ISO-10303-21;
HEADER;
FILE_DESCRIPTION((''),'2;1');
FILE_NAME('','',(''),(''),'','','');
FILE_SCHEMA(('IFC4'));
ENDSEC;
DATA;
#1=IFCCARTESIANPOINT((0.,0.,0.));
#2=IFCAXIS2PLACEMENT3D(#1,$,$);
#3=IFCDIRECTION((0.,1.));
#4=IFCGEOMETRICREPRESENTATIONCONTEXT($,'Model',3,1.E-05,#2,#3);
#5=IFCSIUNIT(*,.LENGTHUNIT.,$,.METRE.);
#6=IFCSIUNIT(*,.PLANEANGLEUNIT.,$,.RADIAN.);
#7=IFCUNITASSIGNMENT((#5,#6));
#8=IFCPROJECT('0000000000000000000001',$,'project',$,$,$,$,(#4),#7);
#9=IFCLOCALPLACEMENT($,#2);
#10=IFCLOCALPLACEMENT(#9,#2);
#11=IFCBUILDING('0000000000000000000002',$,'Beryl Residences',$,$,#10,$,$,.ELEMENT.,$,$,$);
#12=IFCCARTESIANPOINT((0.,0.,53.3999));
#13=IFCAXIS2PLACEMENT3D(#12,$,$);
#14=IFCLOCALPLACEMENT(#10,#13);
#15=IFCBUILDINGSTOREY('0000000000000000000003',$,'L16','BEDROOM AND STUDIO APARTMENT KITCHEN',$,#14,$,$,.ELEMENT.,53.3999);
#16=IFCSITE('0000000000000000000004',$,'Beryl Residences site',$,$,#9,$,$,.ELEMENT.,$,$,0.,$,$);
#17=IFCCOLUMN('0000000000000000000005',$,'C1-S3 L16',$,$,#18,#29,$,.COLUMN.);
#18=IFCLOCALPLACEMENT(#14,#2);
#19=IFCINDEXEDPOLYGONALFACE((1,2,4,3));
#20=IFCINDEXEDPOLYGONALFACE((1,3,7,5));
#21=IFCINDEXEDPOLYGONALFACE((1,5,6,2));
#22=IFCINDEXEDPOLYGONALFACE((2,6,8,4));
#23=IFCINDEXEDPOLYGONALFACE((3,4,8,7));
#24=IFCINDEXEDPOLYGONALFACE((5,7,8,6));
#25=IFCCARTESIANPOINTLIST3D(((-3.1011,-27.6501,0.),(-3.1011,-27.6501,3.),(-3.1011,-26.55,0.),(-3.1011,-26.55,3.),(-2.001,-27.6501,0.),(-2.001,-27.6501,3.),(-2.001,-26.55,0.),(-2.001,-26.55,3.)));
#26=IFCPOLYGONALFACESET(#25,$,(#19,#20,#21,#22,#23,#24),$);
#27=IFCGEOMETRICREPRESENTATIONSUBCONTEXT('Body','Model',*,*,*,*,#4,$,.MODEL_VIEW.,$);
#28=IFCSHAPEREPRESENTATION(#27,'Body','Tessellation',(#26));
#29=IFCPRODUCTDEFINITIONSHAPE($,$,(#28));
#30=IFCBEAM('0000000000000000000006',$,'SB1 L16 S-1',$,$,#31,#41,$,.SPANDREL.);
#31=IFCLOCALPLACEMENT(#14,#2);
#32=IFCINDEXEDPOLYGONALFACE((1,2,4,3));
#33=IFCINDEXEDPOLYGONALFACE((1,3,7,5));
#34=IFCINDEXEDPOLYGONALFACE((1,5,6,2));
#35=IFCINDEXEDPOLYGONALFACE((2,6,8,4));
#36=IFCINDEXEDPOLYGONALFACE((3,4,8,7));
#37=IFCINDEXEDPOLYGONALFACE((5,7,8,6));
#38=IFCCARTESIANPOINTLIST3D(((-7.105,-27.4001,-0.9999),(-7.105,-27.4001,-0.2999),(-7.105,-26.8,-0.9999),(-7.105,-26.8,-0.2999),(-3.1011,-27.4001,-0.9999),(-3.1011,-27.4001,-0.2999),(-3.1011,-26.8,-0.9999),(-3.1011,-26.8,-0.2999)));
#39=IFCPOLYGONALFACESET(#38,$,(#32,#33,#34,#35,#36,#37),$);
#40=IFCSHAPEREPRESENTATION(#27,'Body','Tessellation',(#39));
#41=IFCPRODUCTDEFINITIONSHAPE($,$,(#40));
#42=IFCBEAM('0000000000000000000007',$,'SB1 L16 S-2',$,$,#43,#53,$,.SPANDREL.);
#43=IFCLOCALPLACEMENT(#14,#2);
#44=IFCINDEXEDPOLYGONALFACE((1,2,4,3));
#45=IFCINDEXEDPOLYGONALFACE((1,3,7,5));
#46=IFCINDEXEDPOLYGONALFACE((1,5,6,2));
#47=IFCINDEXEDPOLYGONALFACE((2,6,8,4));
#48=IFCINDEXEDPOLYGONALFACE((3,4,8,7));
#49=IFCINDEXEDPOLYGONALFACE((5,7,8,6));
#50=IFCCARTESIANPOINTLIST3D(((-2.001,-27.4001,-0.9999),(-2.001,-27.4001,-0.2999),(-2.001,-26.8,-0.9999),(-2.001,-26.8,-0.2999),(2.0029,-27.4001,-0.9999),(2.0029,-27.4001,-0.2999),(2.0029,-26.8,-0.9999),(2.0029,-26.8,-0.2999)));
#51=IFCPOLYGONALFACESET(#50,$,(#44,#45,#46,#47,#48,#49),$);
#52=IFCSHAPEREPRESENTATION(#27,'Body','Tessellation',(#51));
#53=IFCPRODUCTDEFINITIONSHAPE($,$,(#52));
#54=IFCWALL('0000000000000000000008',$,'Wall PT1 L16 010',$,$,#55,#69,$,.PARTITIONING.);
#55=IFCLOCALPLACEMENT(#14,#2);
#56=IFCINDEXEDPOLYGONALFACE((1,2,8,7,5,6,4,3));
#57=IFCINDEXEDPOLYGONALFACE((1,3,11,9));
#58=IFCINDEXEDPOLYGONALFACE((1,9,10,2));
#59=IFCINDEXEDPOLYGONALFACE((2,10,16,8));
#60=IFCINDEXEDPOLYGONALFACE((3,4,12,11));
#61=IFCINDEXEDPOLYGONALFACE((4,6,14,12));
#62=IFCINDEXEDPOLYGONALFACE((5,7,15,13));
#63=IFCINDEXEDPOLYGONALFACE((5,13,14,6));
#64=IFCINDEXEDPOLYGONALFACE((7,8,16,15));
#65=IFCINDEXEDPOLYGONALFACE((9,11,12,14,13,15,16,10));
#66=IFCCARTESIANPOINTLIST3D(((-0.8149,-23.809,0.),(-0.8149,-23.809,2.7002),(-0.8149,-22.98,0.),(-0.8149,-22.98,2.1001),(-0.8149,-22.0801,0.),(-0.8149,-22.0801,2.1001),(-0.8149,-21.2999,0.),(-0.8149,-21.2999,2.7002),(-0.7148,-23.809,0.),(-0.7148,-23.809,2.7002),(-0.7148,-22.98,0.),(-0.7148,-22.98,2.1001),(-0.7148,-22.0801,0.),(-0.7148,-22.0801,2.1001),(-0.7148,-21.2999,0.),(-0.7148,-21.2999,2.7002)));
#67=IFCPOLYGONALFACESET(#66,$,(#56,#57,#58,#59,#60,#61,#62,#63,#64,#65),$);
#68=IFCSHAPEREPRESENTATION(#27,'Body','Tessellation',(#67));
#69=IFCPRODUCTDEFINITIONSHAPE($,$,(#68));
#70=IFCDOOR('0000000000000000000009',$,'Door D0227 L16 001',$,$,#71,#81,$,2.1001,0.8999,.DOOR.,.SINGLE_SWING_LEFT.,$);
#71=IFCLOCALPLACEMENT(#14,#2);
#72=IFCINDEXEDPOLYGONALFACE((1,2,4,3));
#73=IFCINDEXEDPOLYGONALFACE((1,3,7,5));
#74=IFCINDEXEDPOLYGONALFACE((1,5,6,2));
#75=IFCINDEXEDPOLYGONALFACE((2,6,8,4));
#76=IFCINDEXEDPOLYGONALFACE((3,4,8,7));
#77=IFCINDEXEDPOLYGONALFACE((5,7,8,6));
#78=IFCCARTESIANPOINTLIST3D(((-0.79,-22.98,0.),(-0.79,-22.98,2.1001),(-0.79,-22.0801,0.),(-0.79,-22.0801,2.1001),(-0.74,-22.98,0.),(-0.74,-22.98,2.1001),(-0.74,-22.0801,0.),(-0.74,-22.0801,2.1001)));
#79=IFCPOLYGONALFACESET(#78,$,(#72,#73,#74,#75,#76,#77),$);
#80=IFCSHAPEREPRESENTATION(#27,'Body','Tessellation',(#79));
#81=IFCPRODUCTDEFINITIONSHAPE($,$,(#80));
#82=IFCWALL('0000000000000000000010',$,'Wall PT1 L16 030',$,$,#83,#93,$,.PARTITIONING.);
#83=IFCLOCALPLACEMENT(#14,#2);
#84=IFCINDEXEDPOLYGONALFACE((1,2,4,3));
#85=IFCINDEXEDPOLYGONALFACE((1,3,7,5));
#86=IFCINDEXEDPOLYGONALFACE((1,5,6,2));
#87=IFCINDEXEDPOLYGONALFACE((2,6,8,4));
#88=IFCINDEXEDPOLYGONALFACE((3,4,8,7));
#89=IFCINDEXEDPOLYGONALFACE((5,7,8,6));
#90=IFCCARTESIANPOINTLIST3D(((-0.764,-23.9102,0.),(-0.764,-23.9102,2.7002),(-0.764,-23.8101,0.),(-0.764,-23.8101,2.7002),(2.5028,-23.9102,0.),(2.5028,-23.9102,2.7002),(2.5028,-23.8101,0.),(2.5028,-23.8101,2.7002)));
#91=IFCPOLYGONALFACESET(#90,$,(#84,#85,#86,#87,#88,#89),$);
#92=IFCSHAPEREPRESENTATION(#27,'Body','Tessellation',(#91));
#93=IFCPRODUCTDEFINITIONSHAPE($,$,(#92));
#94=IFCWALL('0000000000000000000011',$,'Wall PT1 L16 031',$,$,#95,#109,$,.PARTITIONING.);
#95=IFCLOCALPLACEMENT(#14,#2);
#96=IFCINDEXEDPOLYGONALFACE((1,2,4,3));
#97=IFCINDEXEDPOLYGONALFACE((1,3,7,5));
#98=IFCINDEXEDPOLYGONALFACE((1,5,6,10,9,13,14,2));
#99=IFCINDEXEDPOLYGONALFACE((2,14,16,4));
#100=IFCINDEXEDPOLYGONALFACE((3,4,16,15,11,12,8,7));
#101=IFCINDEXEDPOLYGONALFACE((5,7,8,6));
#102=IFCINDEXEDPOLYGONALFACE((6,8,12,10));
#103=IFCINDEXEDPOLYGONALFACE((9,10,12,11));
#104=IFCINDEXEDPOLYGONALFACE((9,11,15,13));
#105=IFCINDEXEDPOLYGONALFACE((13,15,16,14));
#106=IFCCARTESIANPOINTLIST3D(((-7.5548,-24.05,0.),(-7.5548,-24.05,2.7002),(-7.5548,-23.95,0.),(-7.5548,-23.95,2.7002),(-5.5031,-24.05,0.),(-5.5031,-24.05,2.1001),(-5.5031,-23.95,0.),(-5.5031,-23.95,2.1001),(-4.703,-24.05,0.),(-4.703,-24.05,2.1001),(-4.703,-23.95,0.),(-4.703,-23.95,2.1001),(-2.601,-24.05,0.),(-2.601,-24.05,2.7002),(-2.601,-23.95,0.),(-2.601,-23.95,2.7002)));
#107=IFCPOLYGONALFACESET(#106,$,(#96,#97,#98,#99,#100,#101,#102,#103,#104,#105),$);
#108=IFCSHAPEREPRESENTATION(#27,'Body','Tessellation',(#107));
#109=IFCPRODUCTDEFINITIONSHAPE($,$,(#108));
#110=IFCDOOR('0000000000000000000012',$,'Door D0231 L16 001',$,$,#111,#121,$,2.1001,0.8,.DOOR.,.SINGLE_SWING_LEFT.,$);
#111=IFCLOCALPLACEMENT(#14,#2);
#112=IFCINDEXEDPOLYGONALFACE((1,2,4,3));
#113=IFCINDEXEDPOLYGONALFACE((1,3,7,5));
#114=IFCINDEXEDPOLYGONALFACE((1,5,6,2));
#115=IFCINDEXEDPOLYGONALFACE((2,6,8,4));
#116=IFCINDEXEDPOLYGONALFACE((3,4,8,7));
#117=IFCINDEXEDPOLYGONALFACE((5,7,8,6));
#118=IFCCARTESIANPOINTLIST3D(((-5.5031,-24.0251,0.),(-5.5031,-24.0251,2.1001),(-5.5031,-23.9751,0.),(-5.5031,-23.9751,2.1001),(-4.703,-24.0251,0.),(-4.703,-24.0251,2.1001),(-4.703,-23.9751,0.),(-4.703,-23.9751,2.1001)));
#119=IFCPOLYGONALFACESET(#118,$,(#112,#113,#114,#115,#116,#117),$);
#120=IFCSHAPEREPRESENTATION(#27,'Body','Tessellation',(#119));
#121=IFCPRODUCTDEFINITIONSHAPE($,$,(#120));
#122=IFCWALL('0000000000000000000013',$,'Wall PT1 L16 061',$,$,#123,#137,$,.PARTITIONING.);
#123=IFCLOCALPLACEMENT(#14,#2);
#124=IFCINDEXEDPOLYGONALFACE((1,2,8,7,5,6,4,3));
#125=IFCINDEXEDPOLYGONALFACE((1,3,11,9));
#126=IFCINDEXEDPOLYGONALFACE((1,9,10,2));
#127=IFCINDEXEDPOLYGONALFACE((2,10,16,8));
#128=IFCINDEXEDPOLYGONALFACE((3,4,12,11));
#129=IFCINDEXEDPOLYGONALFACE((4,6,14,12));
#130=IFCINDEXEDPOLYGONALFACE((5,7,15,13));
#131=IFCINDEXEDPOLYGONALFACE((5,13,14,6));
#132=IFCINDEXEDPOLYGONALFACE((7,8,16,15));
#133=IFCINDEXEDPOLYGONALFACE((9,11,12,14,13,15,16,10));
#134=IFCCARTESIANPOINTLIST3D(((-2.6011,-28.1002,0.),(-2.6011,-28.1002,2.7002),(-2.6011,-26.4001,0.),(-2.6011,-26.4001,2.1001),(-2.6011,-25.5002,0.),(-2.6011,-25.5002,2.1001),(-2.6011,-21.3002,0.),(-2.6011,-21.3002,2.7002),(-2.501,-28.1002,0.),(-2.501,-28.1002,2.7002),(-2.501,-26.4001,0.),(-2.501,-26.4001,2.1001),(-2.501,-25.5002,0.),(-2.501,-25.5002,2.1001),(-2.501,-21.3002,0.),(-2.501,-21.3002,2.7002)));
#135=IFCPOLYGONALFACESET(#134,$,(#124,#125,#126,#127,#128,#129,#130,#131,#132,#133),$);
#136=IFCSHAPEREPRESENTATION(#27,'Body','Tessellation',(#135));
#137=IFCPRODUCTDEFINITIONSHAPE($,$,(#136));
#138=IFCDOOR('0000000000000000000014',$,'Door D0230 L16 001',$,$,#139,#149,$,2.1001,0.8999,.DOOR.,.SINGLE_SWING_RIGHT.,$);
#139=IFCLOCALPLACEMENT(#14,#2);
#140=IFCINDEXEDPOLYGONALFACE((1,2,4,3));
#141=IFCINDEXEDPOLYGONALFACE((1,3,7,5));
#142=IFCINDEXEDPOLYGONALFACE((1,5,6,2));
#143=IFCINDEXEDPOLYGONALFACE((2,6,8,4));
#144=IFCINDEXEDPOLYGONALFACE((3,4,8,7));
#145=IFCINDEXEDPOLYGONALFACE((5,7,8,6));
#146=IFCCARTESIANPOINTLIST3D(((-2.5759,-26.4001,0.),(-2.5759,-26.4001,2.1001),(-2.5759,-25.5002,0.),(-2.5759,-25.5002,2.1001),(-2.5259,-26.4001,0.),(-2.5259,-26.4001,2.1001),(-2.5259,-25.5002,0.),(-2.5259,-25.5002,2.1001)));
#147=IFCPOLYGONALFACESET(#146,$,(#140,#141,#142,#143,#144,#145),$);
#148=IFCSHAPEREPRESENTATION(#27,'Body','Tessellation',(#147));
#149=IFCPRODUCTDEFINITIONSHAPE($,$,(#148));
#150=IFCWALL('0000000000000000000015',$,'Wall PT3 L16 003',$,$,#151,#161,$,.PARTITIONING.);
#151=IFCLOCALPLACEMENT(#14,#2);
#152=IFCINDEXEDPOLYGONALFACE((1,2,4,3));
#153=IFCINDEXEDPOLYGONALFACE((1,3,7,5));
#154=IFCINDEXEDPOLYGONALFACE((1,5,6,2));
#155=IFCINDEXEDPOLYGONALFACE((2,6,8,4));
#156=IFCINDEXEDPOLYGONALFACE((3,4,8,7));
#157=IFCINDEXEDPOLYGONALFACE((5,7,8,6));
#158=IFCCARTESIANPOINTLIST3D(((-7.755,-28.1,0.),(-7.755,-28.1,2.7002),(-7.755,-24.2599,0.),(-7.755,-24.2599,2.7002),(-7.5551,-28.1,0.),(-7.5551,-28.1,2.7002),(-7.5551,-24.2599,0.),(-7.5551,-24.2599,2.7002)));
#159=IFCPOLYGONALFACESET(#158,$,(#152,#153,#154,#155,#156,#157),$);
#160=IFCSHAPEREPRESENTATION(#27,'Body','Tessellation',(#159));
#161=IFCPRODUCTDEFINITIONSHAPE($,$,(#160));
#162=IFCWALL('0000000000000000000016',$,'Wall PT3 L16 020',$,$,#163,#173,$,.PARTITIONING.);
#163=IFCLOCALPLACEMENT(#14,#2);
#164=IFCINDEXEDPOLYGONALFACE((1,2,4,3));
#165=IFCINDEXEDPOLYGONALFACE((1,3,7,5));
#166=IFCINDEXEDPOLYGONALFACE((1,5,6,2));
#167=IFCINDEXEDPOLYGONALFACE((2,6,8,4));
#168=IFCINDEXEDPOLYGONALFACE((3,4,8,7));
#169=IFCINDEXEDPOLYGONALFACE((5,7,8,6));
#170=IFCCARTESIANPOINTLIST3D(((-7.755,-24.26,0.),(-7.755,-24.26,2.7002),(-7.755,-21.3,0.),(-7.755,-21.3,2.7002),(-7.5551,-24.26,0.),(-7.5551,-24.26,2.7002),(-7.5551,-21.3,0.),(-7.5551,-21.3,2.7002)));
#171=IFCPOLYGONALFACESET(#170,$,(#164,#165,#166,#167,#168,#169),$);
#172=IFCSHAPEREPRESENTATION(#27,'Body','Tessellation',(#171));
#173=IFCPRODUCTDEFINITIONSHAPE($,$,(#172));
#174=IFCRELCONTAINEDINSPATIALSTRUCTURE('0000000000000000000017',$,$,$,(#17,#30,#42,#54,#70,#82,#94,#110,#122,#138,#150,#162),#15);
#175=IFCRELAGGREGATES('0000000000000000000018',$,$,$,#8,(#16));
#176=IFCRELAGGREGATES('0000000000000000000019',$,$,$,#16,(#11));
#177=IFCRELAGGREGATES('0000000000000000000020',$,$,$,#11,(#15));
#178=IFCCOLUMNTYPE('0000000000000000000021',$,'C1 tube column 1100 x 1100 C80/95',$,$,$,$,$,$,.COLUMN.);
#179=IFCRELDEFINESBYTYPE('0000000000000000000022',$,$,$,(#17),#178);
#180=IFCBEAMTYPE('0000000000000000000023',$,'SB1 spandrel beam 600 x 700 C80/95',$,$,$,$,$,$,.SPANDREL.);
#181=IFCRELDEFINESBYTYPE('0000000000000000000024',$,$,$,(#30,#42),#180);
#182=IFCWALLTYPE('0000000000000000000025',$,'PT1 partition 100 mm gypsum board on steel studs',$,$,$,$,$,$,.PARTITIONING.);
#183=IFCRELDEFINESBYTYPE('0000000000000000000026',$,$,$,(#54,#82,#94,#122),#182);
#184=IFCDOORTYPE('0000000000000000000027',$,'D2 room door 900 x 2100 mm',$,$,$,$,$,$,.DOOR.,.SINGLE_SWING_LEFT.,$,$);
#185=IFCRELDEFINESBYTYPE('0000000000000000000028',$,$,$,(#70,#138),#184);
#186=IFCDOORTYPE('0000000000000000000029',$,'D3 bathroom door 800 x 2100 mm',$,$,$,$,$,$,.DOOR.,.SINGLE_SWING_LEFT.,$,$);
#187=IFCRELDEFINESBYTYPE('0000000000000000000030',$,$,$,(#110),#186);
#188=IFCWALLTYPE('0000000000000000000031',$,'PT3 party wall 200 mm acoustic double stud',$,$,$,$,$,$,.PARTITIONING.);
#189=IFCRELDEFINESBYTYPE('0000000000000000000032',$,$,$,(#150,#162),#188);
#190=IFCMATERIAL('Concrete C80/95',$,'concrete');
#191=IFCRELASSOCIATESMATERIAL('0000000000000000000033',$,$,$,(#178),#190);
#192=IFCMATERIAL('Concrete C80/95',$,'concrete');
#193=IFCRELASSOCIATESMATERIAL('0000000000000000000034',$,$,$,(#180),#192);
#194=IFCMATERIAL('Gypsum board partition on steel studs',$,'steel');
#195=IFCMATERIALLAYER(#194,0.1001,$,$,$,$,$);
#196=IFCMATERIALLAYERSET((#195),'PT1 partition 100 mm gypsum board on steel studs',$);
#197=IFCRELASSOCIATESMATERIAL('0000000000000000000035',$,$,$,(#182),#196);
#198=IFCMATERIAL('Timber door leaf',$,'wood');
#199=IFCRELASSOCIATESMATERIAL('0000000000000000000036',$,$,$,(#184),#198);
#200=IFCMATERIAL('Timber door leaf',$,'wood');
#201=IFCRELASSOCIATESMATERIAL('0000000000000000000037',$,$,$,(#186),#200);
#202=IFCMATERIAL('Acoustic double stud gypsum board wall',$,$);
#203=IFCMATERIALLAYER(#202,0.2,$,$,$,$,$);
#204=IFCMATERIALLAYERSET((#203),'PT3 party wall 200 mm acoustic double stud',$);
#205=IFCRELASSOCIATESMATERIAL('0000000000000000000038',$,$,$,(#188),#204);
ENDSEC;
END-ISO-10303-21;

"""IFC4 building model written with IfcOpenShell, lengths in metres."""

from ifc_helpers import new_model, si_unit, direction, frame, frame_2d, origin, origin_2d, place, context, subcontext, project, spatial, rectangle, extrude, material, layer, layer_set, material_profile, profile_set, type_object, element, fill, save


model = new_model("IFC4")

# Units and contexts
model_context = context("Model", 3, precision=1e-05, world=origin(), true_north=direction((0.0, 1.0)))
body_context = subcontext(model_context, "Body", "Model", "MODEL_VIEW")
ifc_project = project(units=[si_unit("LENGTHUNIT", "METRE"), si_unit("PLANEANGLEUNIT", "RADIAN")], contexts=[model_context])

# Site, building, storey
site_placement = place(None, origin())
site = spatial("IfcSite", under=ifc_project, at=site_placement, Name="Beryl Residences site", CompositionType="ELEMENT", RefElevation=0.0)
building_placement = place(site_placement, origin())
building = spatial("IfcBuilding", under=site, at=building_placement, Name="Beryl Residences", CompositionType="ELEMENT")
storey_placement = place(building_placement, frame((0.0, 0.0, 53.3999)))
storey = spatial("IfcBuildingStorey", under=building, at=storey_placement, Name="L16", Description="BEDROOM AND STUDIO APARTMENT KITCHEN", CompositionType="ELEMENT", Elevation=53.3999)

# Column
ifc_material_1 = material(Name="Concrete C80/95", Category="concrete")
ifc_material_profile_1 = material_profile(ifc_material_1, rectangle(XDim=1.1001, YDim=1.1001, at=origin_2d()))
ifc_profile_set_1 = profile_set([ifc_material_profile_1], Name="Concrete C80/95")
column_type = type_object("IfcColumnType", Name="C1 tube column 1100 x 1100 C80/95", PredefinedType="COLUMN", material=ifc_profile_set_1)
column_placement = place(storey_placement, frame((-2.551, -27.1001, 0.0), z_axis=(0.0, 0.0, 1.0), x_axis=(1.0, 0.0, 0.0)))
element("IfcColumn", 1, at=column_placement, inside=storey, type_object=column_type, Name="C1-S3 L16", PredefinedType="COLUMN", context=body_context, shape_type="SweptSolid", body=[
    extrude(rectangle(XDim=1.1001, YDim=1.1001, at=origin_2d()), origin(), (0.0, 0.0, 1.0), 3.0),
])

# Beams
ifc_material_2 = material(Name="Concrete C80/95", Category="concrete")
ifc_material_profile_2 = material_profile(ifc_material_2, rectangle(XDim=0.6001, YDim=0.7, at=origin_2d()))
ifc_profile_set_2 = profile_set([ifc_material_profile_2], Name="Concrete C80/95")
beam_type = type_object("IfcBeamType", Name="SB1 spandrel beam 600 x 700 C80/95", PredefinedType="SPANDREL", material=ifc_profile_set_2)
for number, where, z_axis, x_axis, name in (
    (2, (-7.105, -27.1001, -0.6499), (1.0, 0.0, 0.0), (0.0, 1.0, 0.0), "SB1 L16 S-1"),
    (3, (-2.001, -27.1001, -0.6499), (1.0, 0.0, 0.0), (0.0, 1.0, 0.0), "SB1 L16 S-2"),
):
    element("IfcBeam", number, at=place(storey_placement, frame(where, z_axis=z_axis, x_axis=x_axis)), inside=storey, type_object=beam_type, Name=name, PredefinedType="SPANDREL", context=body_context, shape_type="SweptSolid", body=[
        extrude(rectangle(XDim=0.6001, YDim=0.7, at=origin_2d()), origin(), (0.0, 0.0, 1.0), 4.0039),
    ])

# Wall, opening, door
ifc_material_3 = material(Name="Gypsum board partition on steel studs", Category="steel")
ifc_layer_1 = layer(ifc_material_3, 0.1001)
ifc_layer_set_1 = layer_set([ifc_layer_1], Name="PT1 partition 100 mm gypsum board on steel studs")
wall_type_1 = type_object("IfcWallType", Name="PT1 partition 100 mm gypsum board on steel studs", PredefinedType="PARTITIONING", material=ifc_layer_set_1)
wall_1_placement = place(storey_placement, frame((-0.7649, -21.3, 0.0), z_axis=(0.0, 0.0, 1.0), x_axis=(0.0, -1.0, 0.0)))
wall_1 = element("IfcWall", 4, at=wall_1_placement, inside=storey, type_object=wall_type_1, Name="Wall PT1 L16 010", PredefinedType="PARTITIONING", context=body_context, shape_type="SweptSolid", body=[
    extrude(rectangle(XDim=2.509, YDim=0.1001, at=frame_2d((1.2544, 0.0))), origin(), (0.0, 0.0, 1.0), 2.7002),
])
opening_1_placement = place(wall_1_placement, frame((0.78, 0.0, 0.0)))
opening_1 = element("IfcOpeningElement", 5, at=opening_1_placement, cuts=wall_1, PredefinedType="OPENING", context=body_context, shape_type="SweptSolid", body=[
    extrude(rectangle(XDim=0.8999, YDim=2.1001, at=frame_2d((0.45, 1.05))), frame((0.0, 0.0601, 0.0), z_axis=(0.0, -1.0, 0.0), x_axis=(1.0, 0.0, 0.0)), (0.0, 0.0, 1.0), 0.1201),
])
ifc_material_4 = material(Name="Timber door leaf", Category="wood")
door_type_1 = type_object("IfcDoorType", Name="D2 room door 900 x 2100 mm", OperationType="SINGLE_SWING_LEFT", PredefinedType="DOOR", material=ifc_material_4)
door_1_placement = place(opening_1_placement, origin())
door_1 = element("IfcDoor", 6, at=door_1_placement, inside=storey, type_object=door_type_1, Name="Door D0227 L16 001", OperationType="SINGLE_SWING_LEFT", OverallHeight=2.1001, OverallWidth=0.8999, PredefinedType="DOOR", context=body_context, shape_type="SweptSolid", body=[
    extrude(rectangle(XDim=0.8999, YDim=2.1001, at=frame_2d((0.45, 1.05))), frame((0.0, 0.0249, 0.0), z_axis=(0.0, -1.0, 0.0), x_axis=(1.0, 0.0, 0.0)), (0.0, 0.0, 1.0), 0.05),
])
fill(opening_1, door_1)

# Wall
wall_2_placement = place(storey_placement, frame((-0.7639, -23.8601, 0.0), z_axis=(0.0, 0.0, 1.0), x_axis=(1.0, 0.0, 0.0)))
element("IfcWall", 7, at=wall_2_placement, inside=storey, type_object=wall_type_1, Name="Wall PT1 L16 030", PredefinedType="PARTITIONING", context=body_context, shape_type="SweptSolid", body=[
    extrude(rectangle(XDim=3.2668, YDim=0.1001, at=frame_2d((1.6333, 0.0))), origin(), (0.0, 0.0, 1.0), 2.7002),
])

# Walls, openings, doors
wall_3_placement = place(storey_placement, frame((-7.5549, -24.0, 0.0), z_axis=(0.0, 0.0, 1.0), x_axis=(1.0, 0.0, 0.0)))
wall_3 = element("IfcWall", 8, at=wall_3_placement, inside=storey, type_object=wall_type_1, Name="Wall PT1 L16 031", PredefinedType="PARTITIONING", context=body_context, shape_type="SweptSolid", body=[
    extrude(rectangle(XDim=4.9539, YDim=0.1001, at=frame_2d((2.4771, 0.0))), origin(), (0.0, 0.0, 1.0), 2.7002),
])
opening_2_placement = place(wall_3_placement, frame((2.052, 0.0, 0.0)))
opening_2 = element("IfcOpeningElement", 9, at=opening_2_placement, cuts=wall_3, PredefinedType="OPENING", context=body_context, shape_type="SweptSolid", body=[
    extrude(rectangle(XDim=0.8, YDim=2.1001, at=frame_2d((0.3999, 1.05))), frame((0.0, 0.0601, 0.0), z_axis=(0.0, -1.0, 0.0), x_axis=(1.0, 0.0, 0.0)), (0.0, 0.0, 1.0), 0.1201),
])
ifc_material_5 = material(Name="Timber door leaf", Category="wood")
door_type_2 = type_object("IfcDoorType", Name="D3 bathroom door 800 x 2100 mm", OperationType="SINGLE_SWING_LEFT", PredefinedType="DOOR", material=ifc_material_5)
door_2_placement = place(opening_2_placement, origin())
door_2 = element("IfcDoor", 10, at=door_2_placement, inside=storey, type_object=door_type_2, Name="Door D0231 L16 001", OperationType="SINGLE_SWING_LEFT", OverallHeight=2.1001, OverallWidth=0.8, PredefinedType="DOOR", context=body_context, shape_type="SweptSolid", body=[
    extrude(rectangle(XDim=0.8, YDim=2.1001, at=frame_2d((0.3999, 1.05))), frame((0.0, 0.0249, 0.0), z_axis=(0.0, -1.0, 0.0), x_axis=(1.0, 0.0, 0.0)), (0.0, 0.0, 1.0), 0.05),
])
fill(opening_2, door_2)
wall_4_placement = place(storey_placement, frame((-2.551, -28.1001, 0.0), z_axis=(0.0, 0.0, 1.0), x_axis=(0.0, 1.0, 0.0)))
wall_4 = element("IfcWall", 11, at=wall_4_placement, inside=storey, type_object=wall_type_1, Name="Wall PT1 L16 061", PredefinedType="PARTITIONING", context=body_context, shape_type="SweptSolid", body=[
    extrude(rectangle(XDim=6.8, YDim=0.1001, at=frame_2d((3.3999, 0.0))), origin(), (0.0, 0.0, 1.0), 2.7002),
])
opening_3_placement = place(wall_4_placement, frame((1.7, 0.0, 0.0)))
opening_3 = element("IfcOpeningElement", 12, at=opening_3_placement, cuts=wall_4, PredefinedType="OPENING", context=body_context, shape_type="SweptSolid", body=[
    extrude(rectangle(XDim=0.8999, YDim=2.1001, at=frame_2d((0.45, 1.05))), frame((0.0, 0.0601, 0.0), z_axis=(0.0, -1.0, 0.0), x_axis=(1.0, 0.0, 0.0)), (0.0, 0.0, 1.0), 0.1201),
])
door_3_placement = place(opening_3_placement, origin())
door_3 = element("IfcDoor", 13, at=door_3_placement, inside=storey, type_object=door_type_1, Name="Door D0230 L16 001", OperationType="SINGLE_SWING_RIGHT", OverallHeight=2.1001, OverallWidth=0.8999, PredefinedType="DOOR", context=body_context, shape_type="SweptSolid", body=[
    extrude(rectangle(XDim=0.8999, YDim=2.1001, at=frame_2d((0.45, 1.05))), frame((0.0, 0.0249, 0.0), z_axis=(0.0, -1.0, 0.0), x_axis=(1.0, 0.0, 0.0)), (0.0, 0.0, 1.0), 0.05),
])
fill(opening_3, door_3)

# Walls
ifc_material_6 = material(Name="Acoustic double stud gypsum board wall")
ifc_layer_2 = layer(ifc_material_6, 0.2)
ifc_layer_set_2 = layer_set([ifc_layer_2], Name="PT3 party wall 200 mm acoustic double stud")
wall_type_2 = type_object("IfcWallType", Name="PT3 party wall 200 mm acoustic double stud", PredefinedType="PARTITIONING", material=ifc_layer_set_2)
wall_5_placement = place(storey_placement, frame((-7.655, -24.26, 0.0), z_axis=(0.0, 0.0, 1.0), x_axis=(0.0, -1.0, 0.0)))
element("IfcWall", 14, at=wall_5_placement, inside=storey, type_object=wall_type_2, Name="Wall PT3 L16 003", PredefinedType="PARTITIONING", context=body_context, shape_type="SweptSolid", body=[
    extrude(rectangle(XDim=3.8401, YDim=0.2, at=frame_2d((1.9199, 0.0))), origin(), (0.0, 0.0, 1.0), 2.7002),
])
wall_6_placement = place(storey_placement, frame((-7.655, -24.26, 0.0), z_axis=(0.0, 0.0, 1.0), x_axis=(0.0, 1.0, 0.0)))
element("IfcWall", 15, at=wall_6_placement, inside=storey, type_object=wall_type_2, Name="Wall PT3 L16 020", PredefinedType="PARTITIONING", context=body_context, shape_type="SweptSolid", body=[
    extrude(rectangle(XDim=2.96, YDim=0.2, at=frame_2d((1.48, 0.0))), origin(), (0.0, 0.0, 1.0), 2.7002),
])

save(model, "model.ifc")
